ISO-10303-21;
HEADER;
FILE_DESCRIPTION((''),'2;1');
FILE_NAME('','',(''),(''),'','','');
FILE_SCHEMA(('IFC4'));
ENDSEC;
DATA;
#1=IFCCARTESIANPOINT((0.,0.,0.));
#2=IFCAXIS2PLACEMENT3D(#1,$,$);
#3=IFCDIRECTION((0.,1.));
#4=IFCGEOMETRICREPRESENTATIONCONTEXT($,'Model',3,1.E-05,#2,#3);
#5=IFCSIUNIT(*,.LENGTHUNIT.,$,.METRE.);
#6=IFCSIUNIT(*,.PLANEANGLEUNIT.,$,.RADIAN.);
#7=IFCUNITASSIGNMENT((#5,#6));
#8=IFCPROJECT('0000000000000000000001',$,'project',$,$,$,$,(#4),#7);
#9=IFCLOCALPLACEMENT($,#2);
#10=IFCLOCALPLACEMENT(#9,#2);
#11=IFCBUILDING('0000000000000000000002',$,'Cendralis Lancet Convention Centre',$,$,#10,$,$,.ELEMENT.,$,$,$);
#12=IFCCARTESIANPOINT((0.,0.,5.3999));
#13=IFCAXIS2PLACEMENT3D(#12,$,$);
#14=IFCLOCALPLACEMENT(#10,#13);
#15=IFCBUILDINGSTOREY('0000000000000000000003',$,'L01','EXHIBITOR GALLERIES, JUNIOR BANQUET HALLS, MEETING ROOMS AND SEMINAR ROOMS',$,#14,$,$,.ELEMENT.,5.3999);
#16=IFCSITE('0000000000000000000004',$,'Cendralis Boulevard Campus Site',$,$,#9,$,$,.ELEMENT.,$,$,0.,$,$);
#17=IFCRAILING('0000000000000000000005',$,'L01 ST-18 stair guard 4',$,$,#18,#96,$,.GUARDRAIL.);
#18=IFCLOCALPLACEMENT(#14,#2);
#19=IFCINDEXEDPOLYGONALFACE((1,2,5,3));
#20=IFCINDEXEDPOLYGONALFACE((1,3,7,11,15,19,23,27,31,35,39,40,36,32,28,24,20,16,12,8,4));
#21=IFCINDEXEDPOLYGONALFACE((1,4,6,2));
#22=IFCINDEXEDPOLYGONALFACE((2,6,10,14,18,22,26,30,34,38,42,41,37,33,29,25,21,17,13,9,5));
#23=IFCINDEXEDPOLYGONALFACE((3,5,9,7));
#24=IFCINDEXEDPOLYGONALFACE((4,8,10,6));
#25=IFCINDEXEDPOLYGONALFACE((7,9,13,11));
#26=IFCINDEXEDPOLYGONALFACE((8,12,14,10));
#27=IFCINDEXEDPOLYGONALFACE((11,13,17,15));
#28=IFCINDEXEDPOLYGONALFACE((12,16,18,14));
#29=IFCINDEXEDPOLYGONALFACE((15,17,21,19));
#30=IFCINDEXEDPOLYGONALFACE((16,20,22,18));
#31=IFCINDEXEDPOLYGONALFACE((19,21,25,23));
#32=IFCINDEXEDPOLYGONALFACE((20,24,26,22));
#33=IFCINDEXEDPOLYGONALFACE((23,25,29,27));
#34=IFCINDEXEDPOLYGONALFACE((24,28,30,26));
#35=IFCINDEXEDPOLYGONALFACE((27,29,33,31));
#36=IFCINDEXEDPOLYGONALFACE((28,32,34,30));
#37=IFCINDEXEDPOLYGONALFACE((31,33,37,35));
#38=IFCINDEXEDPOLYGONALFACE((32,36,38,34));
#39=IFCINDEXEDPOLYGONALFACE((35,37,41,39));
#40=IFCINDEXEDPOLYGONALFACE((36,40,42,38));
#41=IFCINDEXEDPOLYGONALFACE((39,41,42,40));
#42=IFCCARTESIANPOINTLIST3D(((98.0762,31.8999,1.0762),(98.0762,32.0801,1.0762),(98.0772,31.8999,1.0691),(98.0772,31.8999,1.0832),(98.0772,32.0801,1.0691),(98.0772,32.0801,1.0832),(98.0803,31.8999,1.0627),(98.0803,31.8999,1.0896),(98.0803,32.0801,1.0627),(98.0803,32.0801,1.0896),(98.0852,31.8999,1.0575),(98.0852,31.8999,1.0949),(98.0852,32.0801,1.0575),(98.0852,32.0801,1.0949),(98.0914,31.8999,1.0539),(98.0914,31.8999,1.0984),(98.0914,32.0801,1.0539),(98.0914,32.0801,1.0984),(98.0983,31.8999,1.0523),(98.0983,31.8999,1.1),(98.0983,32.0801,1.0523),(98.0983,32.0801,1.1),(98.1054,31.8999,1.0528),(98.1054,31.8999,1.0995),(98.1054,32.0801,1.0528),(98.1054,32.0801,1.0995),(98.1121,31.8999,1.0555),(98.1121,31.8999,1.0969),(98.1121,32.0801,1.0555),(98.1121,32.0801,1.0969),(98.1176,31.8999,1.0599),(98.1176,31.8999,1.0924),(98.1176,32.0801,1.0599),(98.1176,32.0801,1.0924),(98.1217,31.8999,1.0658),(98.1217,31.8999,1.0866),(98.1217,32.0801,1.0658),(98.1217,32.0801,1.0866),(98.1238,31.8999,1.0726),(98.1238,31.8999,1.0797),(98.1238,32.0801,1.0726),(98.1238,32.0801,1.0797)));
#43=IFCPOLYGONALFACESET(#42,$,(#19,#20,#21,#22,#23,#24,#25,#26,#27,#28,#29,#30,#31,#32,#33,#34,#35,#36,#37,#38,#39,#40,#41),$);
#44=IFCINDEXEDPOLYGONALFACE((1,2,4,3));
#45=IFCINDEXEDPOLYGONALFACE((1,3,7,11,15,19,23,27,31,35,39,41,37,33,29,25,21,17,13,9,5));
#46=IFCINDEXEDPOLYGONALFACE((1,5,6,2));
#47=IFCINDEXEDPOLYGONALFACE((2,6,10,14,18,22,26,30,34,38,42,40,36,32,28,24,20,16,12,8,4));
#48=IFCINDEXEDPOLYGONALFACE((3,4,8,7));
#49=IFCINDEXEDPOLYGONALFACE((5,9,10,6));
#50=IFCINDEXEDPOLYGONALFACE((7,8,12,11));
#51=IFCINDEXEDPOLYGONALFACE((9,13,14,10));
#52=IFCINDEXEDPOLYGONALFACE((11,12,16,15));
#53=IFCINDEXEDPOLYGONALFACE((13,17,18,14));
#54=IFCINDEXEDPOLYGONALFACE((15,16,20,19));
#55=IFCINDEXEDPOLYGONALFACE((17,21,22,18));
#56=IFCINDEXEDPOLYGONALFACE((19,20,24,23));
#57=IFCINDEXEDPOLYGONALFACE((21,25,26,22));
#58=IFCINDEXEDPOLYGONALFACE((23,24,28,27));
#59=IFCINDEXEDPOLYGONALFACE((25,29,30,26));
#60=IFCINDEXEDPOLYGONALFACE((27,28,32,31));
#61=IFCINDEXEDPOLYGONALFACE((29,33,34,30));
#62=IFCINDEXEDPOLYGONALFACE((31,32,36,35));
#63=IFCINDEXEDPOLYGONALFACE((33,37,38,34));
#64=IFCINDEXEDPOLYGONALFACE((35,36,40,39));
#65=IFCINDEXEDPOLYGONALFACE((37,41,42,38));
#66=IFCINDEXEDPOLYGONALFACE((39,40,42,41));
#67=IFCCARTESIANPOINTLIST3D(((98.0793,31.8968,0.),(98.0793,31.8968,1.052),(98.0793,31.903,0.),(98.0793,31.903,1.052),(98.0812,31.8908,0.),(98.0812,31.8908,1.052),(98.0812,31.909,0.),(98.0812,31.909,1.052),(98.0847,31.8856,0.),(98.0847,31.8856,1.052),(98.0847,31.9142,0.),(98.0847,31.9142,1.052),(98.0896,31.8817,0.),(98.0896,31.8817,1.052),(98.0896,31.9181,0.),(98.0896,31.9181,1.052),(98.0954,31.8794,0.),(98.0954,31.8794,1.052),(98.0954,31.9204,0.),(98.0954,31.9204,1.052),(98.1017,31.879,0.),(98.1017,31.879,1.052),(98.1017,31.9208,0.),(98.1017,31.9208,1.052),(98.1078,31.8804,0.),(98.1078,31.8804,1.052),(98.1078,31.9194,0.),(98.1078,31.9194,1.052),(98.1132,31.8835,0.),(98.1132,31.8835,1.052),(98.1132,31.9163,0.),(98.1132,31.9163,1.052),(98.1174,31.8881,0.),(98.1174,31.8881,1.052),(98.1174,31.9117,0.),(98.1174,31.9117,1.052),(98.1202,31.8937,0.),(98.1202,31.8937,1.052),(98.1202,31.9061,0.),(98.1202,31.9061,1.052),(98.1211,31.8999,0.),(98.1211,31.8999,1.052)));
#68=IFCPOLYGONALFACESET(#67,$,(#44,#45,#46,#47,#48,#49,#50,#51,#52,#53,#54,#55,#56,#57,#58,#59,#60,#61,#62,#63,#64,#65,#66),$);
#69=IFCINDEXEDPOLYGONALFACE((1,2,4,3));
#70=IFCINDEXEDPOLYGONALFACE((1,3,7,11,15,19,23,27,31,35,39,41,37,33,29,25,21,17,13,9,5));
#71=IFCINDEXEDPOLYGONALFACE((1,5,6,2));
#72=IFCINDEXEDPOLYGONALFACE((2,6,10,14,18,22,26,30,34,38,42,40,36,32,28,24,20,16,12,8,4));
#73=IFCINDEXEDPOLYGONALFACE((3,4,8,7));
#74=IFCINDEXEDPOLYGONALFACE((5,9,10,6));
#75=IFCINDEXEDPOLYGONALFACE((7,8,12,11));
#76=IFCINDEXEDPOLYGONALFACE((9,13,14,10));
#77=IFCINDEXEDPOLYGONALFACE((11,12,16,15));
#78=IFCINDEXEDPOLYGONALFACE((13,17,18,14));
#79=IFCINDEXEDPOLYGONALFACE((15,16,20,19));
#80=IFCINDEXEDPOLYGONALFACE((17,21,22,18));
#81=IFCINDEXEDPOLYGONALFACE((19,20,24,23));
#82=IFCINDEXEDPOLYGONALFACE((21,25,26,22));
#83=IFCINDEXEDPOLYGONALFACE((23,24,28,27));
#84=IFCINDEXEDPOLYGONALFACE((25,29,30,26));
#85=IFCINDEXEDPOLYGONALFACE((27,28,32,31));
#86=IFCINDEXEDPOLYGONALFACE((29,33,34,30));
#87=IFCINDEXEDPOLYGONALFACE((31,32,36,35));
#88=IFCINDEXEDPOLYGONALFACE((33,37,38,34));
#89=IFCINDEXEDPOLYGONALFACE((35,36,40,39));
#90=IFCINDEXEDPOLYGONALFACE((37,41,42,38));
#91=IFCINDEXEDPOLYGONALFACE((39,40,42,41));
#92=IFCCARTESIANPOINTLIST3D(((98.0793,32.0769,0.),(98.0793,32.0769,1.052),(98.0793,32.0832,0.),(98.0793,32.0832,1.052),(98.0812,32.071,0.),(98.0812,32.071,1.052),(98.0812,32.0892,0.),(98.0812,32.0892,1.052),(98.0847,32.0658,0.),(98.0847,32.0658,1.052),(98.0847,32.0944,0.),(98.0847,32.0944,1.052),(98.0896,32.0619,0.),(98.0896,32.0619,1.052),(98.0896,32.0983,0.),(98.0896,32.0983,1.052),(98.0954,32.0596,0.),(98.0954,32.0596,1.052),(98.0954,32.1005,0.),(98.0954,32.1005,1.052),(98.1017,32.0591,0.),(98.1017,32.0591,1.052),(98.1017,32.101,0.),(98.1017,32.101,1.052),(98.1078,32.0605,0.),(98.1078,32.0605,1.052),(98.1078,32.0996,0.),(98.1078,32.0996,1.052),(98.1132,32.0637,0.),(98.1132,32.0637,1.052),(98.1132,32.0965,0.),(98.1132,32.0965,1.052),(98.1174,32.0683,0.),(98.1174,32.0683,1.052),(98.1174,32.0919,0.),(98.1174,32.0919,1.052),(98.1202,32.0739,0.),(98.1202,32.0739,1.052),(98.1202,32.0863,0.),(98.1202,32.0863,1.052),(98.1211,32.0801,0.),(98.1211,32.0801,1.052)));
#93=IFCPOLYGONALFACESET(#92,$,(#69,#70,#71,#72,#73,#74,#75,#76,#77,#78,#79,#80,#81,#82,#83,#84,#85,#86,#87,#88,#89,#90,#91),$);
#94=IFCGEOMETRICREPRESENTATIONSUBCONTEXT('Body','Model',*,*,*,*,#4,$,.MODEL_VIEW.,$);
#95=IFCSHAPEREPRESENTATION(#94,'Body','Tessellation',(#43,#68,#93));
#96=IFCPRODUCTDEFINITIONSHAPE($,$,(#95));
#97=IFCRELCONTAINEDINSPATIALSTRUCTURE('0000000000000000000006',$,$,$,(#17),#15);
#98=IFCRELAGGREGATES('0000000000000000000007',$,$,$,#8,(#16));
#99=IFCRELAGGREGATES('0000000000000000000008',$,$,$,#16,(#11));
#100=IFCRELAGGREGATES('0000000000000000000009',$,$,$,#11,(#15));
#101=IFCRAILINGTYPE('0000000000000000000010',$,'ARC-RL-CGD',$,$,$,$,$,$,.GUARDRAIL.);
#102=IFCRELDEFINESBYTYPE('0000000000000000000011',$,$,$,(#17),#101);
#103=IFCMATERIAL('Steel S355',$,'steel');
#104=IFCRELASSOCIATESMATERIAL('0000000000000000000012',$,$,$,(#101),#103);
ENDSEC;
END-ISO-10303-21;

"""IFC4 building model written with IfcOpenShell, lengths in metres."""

from ifc_helpers import new_model, si_unit, direction, frame, origin, origin_2d, place, context, subcontext, project, spatial, circle, extrude, material, type_object, element, save


model = new_model("IFC4")

# Units and contexts
model_context = context("Model", 3, precision=1e-05, world=origin(), true_north=direction((0.0, 1.0)))
body_context = subcontext(model_context, "Body", "Model", "MODEL_VIEW")
ifc_project = project(units=[si_unit("LENGTHUNIT", "METRE"), si_unit("PLANEANGLEUNIT", "RADIAN")], contexts=[model_context])

# Site, building, storey
site_placement = place(None, origin())
site = spatial("IfcSite", under=ifc_project, at=site_placement, Name="Cendralis Boulevard Campus Site", CompositionType="ELEMENT", RefElevation=0.0)
building_placement = place(site_placement, origin())
building = spatial("IfcBuilding", under=site, at=building_placement, Name="Cendralis Lancet Convention Centre", CompositionType="ELEMENT")
storey_placement = place(building_placement, frame((0.0, 0.0, 5.3999)))
storey = spatial("IfcBuildingStorey", under=building, at=storey_placement, Name="L01", Description="EXHIBITOR GALLERIES, JUNIOR BANQUET HALLS, MEETING ROOMS AND SEMINAR ROOMS", CompositionType="ELEMENT", Elevation=5.3999)

# Shared definitions
ifc_material_1 = material(Name="Steel S355", Category="steel")

# Railing
railing_type_1 = type_object("IfcRailingType", Name="ARC-RL-CGD", PredefinedType="GUARDRAIL", material=ifc_material_1)
railing_1_placement = place(storey_placement, frame((98.1001, 31.8999, 0.0)))
element("IfcRailing", 1, at=railing_1_placement, inside=storey, type_object=railing_type_1, Name="L01 ST-18 stair guard 4", PredefinedType="GUARDRAIL", context=body_context, shape_type="SweptSolid", body=[
    extrude(circle(Radius=0.0239, at=origin_2d()), frame((0.0, 0.0, 1.0762), z_axis=(0.0, 1.0, 0.0), x_axis=(-1.0, 0.0, 0.0)), (0.0, 0.0, 1.0), 0.1802),
    extrude(circle(Radius=0.021, at=origin_2d()), origin(), (0.0, 0.0, 1.0), 1.052),
    extrude(circle(Radius=0.021, at=origin_2d()), frame((0.0, 0.1802, 0.0)), (0.0, 0.0, 1.0), 1.052),
])

save(model, "model.ifc")
